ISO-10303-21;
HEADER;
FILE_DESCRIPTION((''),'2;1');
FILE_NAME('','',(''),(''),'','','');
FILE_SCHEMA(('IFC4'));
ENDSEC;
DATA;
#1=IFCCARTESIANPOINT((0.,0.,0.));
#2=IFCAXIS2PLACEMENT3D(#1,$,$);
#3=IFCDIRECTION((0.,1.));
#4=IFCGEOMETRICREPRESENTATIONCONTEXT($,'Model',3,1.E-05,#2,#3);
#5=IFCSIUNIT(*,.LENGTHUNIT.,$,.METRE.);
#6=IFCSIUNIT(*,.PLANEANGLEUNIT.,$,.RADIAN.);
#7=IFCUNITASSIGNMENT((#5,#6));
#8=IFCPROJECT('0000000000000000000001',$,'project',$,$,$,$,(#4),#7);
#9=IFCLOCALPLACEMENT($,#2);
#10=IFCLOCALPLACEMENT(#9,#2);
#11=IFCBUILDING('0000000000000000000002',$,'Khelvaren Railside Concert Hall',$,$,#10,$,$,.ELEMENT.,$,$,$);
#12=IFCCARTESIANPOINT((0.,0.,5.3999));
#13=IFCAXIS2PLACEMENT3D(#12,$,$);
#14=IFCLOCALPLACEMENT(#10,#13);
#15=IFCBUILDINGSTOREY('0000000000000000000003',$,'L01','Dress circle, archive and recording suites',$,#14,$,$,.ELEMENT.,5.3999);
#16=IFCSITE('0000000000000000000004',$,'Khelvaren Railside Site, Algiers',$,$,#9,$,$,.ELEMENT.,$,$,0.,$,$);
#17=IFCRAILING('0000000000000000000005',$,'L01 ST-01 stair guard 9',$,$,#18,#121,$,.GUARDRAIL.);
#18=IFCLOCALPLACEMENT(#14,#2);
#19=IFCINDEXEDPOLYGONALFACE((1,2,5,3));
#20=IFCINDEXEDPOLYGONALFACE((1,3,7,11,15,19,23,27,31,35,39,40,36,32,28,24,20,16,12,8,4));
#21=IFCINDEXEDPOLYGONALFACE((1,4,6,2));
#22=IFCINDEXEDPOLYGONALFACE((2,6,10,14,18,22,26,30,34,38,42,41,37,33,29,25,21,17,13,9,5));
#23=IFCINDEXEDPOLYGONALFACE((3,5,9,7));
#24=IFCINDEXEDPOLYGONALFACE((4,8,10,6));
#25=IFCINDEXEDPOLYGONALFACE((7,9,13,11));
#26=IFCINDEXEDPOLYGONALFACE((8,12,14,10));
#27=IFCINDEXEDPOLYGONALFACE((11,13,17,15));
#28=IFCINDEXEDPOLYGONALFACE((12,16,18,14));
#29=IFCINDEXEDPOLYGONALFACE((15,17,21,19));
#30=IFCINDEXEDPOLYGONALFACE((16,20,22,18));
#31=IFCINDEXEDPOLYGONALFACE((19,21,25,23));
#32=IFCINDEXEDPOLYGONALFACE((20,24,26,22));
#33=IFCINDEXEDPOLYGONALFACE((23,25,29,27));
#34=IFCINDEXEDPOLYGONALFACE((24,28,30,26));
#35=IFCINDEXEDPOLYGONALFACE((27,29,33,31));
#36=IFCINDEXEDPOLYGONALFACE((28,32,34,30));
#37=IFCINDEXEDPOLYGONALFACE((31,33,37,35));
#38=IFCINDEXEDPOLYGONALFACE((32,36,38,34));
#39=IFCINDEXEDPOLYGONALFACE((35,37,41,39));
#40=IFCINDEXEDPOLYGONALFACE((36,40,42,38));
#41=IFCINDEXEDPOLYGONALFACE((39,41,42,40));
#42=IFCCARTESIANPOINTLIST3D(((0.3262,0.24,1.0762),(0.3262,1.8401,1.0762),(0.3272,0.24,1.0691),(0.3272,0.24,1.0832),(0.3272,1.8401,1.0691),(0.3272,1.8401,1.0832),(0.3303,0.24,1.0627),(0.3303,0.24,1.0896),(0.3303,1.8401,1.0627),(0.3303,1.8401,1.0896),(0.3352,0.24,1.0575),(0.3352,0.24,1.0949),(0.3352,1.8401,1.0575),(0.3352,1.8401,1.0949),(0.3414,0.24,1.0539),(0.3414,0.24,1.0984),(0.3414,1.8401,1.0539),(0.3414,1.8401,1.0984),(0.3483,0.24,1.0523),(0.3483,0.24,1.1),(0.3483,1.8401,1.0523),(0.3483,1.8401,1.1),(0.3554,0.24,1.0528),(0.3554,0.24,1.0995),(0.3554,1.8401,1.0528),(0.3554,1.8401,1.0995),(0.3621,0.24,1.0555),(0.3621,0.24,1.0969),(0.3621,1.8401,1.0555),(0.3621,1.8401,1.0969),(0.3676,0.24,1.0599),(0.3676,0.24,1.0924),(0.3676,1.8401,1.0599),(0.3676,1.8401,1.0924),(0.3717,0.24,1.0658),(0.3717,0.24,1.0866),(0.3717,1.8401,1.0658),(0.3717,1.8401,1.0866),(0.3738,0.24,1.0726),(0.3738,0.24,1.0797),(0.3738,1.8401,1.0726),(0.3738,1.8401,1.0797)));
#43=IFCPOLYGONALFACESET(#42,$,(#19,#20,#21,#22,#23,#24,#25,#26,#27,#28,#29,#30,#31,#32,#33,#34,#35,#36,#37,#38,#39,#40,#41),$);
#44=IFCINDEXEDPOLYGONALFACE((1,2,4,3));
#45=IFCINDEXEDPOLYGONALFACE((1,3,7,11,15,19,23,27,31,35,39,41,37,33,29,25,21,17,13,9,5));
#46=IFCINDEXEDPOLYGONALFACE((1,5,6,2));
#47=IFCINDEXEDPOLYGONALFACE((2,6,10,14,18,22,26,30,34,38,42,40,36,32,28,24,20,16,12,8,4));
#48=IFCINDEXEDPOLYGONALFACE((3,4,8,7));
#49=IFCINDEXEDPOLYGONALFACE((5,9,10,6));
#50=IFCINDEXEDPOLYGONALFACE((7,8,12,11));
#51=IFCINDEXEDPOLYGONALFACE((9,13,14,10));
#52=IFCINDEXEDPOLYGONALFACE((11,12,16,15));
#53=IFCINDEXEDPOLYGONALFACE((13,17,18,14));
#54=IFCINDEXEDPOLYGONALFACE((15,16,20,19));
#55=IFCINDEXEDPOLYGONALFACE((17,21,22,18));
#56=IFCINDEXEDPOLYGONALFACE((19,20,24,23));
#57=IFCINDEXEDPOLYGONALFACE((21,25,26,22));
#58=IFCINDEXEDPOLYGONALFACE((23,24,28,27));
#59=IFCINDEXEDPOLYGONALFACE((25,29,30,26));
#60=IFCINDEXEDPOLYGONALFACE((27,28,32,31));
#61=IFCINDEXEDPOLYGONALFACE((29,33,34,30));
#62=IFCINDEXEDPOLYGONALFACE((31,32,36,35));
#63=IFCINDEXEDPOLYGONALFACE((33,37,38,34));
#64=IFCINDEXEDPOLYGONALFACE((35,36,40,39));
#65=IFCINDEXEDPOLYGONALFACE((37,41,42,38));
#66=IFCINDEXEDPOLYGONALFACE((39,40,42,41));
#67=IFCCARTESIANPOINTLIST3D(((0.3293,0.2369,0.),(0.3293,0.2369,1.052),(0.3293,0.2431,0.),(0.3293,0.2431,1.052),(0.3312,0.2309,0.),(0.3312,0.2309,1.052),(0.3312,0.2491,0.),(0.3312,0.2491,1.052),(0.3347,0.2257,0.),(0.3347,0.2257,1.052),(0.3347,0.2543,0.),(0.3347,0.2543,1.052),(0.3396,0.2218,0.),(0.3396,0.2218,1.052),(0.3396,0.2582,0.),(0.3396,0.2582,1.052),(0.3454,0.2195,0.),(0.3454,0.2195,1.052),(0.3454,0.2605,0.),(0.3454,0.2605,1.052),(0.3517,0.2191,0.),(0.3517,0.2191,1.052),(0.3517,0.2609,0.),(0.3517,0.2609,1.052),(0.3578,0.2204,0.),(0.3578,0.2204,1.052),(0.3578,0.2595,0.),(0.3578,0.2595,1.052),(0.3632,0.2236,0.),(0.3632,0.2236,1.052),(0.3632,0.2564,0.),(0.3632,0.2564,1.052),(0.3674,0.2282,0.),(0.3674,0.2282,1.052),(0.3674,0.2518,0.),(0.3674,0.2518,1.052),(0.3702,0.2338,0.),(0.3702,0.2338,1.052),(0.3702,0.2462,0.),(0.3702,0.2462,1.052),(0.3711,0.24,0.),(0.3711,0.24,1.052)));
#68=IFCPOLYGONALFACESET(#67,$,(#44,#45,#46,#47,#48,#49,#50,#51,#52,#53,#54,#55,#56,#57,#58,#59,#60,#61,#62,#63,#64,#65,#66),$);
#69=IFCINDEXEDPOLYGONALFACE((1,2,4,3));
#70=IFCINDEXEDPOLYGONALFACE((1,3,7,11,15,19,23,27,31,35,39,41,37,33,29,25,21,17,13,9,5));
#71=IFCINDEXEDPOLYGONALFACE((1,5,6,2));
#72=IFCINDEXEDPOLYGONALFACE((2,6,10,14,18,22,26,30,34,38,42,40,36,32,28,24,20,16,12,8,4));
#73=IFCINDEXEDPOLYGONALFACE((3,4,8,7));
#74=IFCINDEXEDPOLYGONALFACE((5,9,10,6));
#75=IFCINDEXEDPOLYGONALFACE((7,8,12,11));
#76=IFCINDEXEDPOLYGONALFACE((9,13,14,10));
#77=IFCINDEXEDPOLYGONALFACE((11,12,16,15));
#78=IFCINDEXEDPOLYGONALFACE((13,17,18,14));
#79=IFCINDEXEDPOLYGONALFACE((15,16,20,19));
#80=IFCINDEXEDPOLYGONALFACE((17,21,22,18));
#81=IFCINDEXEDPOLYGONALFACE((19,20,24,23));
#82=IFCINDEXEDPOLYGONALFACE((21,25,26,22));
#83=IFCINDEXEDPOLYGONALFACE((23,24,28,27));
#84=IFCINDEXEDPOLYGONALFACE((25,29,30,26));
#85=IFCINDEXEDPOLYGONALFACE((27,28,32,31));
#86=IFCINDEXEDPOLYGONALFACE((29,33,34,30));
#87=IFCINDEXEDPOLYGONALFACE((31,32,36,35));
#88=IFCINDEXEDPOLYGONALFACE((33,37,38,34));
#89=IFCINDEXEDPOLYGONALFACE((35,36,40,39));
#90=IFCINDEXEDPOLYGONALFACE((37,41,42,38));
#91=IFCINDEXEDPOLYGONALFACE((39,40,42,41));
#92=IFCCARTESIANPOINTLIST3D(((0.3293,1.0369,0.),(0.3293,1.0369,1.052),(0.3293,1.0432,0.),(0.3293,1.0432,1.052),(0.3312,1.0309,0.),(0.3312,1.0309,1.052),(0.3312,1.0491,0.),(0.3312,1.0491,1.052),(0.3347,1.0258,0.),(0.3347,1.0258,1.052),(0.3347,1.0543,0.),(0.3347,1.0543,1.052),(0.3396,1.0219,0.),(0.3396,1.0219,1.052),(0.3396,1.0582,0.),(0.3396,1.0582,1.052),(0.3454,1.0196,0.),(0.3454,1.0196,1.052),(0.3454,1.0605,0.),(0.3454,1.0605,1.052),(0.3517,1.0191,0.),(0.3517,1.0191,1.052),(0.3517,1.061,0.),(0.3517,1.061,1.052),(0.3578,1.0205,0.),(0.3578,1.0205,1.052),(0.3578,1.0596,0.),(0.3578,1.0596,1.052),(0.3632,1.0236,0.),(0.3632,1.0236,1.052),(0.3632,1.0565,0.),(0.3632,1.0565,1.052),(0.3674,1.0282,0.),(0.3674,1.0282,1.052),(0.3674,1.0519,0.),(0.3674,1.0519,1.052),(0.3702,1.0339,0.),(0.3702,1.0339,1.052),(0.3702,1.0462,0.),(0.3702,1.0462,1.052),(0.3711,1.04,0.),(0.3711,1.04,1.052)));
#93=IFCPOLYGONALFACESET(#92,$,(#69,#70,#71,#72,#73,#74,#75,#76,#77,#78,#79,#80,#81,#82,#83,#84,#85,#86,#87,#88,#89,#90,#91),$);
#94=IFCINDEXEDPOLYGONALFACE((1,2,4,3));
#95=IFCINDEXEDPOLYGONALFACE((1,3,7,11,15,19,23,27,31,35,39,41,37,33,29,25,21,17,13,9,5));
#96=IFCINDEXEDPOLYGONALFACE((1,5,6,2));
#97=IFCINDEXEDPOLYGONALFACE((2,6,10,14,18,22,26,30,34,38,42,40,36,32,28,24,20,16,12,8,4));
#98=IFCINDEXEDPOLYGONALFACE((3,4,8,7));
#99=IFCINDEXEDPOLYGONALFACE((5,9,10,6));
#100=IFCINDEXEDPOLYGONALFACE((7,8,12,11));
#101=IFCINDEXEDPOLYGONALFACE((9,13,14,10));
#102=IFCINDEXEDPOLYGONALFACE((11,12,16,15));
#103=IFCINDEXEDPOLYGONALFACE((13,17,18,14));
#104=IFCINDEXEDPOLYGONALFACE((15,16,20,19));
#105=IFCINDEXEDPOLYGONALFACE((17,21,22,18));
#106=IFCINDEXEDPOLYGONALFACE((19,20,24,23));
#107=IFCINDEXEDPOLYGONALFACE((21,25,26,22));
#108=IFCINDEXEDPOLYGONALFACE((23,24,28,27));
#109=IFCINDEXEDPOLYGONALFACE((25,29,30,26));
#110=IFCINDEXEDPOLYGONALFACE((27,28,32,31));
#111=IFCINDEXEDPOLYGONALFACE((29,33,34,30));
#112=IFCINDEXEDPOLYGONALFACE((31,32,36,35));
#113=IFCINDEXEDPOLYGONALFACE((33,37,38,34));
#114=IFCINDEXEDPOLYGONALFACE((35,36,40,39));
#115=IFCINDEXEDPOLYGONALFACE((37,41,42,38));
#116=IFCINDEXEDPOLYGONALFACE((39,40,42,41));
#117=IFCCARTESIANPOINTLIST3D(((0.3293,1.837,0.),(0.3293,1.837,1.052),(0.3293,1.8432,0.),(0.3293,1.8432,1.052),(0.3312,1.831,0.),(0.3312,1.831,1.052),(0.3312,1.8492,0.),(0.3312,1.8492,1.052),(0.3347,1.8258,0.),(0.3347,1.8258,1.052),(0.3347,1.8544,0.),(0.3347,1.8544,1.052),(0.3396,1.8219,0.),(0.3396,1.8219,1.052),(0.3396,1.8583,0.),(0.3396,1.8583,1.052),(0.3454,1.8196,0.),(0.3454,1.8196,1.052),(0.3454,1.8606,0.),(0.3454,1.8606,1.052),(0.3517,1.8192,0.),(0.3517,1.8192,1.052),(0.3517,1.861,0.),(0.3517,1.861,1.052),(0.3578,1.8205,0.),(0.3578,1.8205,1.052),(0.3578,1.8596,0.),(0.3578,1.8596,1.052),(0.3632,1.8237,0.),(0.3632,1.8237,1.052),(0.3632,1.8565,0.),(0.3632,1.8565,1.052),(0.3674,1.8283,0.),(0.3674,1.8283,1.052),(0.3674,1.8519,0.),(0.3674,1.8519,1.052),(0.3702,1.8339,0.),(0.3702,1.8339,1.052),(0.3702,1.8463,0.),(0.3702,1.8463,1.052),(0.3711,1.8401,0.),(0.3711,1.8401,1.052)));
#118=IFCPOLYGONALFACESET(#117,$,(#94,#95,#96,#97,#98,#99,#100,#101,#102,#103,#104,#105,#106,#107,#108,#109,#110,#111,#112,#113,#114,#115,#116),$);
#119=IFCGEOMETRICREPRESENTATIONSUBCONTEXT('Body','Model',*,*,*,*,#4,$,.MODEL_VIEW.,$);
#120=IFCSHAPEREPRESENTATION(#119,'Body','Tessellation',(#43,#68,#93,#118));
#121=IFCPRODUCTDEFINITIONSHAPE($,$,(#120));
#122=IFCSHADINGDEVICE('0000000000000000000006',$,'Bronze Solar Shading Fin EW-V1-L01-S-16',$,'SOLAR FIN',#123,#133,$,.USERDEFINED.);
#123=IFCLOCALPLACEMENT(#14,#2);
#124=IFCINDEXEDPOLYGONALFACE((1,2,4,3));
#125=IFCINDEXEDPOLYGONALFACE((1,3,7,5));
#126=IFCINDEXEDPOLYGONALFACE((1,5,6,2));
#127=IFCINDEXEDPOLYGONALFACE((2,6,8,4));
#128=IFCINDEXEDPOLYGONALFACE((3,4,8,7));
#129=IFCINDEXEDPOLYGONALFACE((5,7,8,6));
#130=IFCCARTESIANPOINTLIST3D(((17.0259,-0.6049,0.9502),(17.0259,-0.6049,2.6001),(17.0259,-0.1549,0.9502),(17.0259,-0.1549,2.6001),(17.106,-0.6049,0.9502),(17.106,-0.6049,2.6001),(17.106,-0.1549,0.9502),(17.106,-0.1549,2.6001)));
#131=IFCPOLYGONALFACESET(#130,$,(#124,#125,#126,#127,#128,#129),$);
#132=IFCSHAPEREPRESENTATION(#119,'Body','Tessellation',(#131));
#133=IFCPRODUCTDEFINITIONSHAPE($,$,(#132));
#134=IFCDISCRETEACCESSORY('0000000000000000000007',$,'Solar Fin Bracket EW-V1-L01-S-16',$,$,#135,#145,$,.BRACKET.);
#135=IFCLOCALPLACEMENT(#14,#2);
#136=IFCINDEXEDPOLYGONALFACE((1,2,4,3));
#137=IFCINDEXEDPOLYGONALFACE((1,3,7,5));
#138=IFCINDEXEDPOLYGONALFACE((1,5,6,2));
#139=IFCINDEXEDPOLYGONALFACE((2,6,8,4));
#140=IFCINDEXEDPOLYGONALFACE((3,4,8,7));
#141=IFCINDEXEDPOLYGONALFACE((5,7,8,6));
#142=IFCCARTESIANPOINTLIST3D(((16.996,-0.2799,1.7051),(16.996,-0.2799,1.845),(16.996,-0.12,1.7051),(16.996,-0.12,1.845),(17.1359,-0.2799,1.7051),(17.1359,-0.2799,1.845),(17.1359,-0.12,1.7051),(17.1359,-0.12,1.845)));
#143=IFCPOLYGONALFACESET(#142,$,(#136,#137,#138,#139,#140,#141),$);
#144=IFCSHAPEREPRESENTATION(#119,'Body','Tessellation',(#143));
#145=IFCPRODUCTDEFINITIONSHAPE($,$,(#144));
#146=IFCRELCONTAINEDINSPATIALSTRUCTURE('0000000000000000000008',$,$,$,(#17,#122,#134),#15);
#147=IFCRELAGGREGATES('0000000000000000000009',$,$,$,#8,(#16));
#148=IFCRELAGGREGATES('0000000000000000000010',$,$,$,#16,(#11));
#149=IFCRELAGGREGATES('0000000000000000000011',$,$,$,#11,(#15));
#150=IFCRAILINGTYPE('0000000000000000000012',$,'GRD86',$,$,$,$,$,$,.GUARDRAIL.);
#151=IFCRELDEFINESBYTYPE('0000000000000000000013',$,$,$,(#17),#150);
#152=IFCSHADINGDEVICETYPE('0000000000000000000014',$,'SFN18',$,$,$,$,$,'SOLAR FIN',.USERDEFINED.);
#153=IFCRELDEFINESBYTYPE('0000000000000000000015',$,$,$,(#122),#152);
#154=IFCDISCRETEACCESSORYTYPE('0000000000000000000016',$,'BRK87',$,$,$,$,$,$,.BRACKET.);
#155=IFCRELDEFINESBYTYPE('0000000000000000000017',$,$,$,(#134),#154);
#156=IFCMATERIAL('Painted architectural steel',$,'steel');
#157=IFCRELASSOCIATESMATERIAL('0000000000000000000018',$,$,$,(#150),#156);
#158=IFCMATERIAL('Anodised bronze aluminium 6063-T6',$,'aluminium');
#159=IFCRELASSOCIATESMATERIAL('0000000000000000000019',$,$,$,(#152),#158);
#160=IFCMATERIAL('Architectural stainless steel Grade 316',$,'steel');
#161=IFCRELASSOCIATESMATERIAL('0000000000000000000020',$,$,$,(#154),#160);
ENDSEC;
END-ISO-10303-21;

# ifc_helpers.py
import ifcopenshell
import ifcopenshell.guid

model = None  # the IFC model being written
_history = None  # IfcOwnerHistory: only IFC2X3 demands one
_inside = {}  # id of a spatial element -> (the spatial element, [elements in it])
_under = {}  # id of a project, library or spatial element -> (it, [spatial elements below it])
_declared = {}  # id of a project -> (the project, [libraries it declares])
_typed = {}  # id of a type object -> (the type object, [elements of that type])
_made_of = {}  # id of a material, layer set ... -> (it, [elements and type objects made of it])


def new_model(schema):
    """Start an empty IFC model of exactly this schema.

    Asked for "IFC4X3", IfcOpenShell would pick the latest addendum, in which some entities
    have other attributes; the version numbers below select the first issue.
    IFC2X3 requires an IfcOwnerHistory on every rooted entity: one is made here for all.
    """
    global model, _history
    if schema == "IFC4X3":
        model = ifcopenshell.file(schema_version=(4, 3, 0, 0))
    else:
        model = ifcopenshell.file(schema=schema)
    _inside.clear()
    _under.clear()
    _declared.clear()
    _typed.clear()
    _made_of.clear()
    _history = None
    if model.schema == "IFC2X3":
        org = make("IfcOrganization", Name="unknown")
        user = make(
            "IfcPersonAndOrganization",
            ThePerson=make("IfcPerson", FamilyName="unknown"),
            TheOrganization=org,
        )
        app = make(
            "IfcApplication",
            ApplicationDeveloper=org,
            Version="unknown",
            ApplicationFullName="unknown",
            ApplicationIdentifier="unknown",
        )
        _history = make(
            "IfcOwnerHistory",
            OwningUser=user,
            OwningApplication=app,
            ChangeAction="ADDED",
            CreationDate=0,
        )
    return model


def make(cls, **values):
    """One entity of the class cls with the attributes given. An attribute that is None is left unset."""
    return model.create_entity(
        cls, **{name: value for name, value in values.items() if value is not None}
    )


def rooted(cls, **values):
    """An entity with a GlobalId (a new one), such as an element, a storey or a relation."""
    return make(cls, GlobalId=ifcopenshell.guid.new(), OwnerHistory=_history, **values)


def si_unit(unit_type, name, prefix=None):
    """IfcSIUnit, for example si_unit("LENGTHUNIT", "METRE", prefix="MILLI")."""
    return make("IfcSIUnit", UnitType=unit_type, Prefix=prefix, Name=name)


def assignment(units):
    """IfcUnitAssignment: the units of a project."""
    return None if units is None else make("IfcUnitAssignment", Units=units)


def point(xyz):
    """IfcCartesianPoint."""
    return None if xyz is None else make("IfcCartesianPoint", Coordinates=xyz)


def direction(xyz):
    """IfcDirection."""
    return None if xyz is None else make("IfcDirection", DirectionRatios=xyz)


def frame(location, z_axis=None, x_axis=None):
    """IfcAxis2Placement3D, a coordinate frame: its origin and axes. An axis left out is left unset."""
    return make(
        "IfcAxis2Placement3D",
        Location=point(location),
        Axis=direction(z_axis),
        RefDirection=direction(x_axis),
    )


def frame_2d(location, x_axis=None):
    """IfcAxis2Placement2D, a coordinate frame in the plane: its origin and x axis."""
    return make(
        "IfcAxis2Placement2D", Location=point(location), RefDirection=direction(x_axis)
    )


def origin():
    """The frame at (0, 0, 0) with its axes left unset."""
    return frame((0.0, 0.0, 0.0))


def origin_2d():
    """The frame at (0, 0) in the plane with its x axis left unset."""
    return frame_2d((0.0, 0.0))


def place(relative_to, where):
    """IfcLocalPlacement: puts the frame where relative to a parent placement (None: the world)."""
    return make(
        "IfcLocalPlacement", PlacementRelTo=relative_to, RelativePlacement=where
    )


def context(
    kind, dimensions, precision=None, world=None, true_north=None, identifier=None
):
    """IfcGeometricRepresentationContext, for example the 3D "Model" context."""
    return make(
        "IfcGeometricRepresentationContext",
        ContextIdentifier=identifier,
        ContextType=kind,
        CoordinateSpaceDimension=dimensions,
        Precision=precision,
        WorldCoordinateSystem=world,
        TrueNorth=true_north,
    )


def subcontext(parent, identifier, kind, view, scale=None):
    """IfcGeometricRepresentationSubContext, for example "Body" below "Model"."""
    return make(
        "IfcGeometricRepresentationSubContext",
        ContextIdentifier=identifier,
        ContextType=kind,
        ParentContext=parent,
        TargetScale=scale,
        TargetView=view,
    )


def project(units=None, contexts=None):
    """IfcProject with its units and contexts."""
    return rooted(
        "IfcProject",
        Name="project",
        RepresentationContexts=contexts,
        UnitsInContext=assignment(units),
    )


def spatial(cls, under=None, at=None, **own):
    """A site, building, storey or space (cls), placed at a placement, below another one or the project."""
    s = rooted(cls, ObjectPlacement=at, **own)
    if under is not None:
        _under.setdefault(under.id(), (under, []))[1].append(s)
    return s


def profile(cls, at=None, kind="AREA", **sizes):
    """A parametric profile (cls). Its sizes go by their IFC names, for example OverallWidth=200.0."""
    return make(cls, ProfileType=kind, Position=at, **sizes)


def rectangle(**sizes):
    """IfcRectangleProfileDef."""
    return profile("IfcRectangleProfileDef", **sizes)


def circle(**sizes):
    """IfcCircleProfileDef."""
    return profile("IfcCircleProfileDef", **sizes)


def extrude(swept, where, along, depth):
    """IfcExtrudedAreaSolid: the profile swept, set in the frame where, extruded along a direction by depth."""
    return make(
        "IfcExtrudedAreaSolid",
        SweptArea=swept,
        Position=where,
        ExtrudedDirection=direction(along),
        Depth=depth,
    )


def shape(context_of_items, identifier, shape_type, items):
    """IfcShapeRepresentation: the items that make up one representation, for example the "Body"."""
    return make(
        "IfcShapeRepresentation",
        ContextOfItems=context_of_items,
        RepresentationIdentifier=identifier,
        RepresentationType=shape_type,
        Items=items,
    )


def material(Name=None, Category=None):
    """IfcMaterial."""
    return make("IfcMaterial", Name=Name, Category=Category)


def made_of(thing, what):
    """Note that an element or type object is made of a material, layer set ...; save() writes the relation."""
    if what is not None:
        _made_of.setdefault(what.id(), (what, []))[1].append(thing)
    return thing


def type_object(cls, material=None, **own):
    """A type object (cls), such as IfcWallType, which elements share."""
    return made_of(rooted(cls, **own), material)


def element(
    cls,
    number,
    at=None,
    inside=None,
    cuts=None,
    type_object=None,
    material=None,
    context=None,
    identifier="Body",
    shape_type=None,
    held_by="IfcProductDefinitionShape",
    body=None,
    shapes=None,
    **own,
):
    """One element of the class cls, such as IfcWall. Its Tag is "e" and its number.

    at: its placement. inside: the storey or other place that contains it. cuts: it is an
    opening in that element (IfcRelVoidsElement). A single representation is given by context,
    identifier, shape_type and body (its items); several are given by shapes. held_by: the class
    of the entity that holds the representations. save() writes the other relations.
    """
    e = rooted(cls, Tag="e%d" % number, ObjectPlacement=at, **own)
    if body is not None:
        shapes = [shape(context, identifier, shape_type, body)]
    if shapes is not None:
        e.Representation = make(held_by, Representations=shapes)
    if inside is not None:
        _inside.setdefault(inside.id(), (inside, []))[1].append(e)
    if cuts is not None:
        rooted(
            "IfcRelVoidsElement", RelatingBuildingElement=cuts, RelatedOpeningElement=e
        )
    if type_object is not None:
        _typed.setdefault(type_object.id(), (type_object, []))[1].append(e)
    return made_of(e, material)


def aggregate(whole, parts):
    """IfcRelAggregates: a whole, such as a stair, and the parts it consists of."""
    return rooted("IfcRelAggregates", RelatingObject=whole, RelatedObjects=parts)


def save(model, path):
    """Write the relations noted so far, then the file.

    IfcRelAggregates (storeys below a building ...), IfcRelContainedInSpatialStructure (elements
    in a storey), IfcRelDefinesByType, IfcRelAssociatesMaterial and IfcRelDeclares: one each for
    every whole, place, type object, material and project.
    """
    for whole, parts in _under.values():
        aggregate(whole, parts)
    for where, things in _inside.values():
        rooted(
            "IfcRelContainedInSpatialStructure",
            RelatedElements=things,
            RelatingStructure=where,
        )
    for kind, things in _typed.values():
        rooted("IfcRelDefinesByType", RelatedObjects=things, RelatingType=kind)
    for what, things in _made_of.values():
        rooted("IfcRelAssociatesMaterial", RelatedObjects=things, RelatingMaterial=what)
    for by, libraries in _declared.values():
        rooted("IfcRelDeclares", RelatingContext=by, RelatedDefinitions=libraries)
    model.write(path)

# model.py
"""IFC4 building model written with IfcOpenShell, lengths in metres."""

from ifc_helpers import new_model, si_unit, direction, frame, origin, origin_2d, place, context, subcontext, project, spatial, rectangle, circle, extrude, material, type_object, element, save


model = new_model("IFC4")

# Units and contexts
model_context = context("Model", 3, precision=1e-05, world=origin(), true_north=direction((0.0, 1.0)))
body_context = subcontext(model_context, "Body", "Model", "MODEL_VIEW")
ifc_project = project(units=[si_unit("LENGTHUNIT", "METRE"), si_unit("PLANEANGLEUNIT", "RADIAN")], contexts=[model_context])

# Site, building, storey
site_placement = place(None, origin())
site = spatial("IfcSite", under=ifc_project, at=site_placement, Name="Khelvaren Railside Site, Algiers", CompositionType="ELEMENT", RefElevation=0.0)
building_placement = place(site_placement, origin())
building = spatial("IfcBuilding", under=site, at=building_placement, Name="Khelvaren Railside Concert Hall", CompositionType="ELEMENT")
storey_placement = place(building_placement, frame((0.0, 0.0, 5.3999)))
storey = spatial("IfcBuildingStorey", under=building, at=storey_placement, Name="L01", Description="Dress circle, archive and recording suites", CompositionType="ELEMENT", Elevation=5.3999)

# Railing
ifc_material_1 = material(Name="Painted architectural steel", Category="steel")
railing_type = type_object("IfcRailingType", Name="GRD86", PredefinedType="GUARDRAIL", material=ifc_material_1)
for number, where, name in (
    (1, (0.3501, 0.24, 0.0), "L01 ST-01 stair guard 9"),
):
    element("IfcRailing", number, at=place(storey_placement, frame(where)), inside=storey, type_object=railing_type, Name=name, PredefinedType="GUARDRAIL", context=body_context, shape_type="SweptSolid", body=[
        extrude(circle(Radius=0.0239, at=origin_2d()), frame((0.0, 0.0, 1.0762), z_axis=(0.0, 1.0, 0.0), x_axis=(-1.0, 0.0, 0.0)), (0.0, 0.0, 1.0), 1.6001),
        extrude(circle(Radius=0.021, at=origin_2d()), origin(), (0.0, 0.0, 1.0), 1.052),
        extrude(circle(Radius=0.021, at=origin_2d()), frame((0.0, 0.8, 0.0)), (0.0, 0.0, 1.0), 1.052),
        extrude(circle(Radius=0.021, at=origin_2d()), frame((0.0, 1.6001, 0.0)), (0.0, 0.0, 1.0), 1.052),
    ])

# Shading device
ifc_material_2 = material(Name="Anodised bronze aluminium 6063-T6", Category="aluminium")
shading_device_type = type_object("IfcShadingDeviceType", Name="SFN18", ElementType="SOLAR FIN", PredefinedType="USERDEFINED", material=ifc_material_2)
shading_device_placement = place(storey_placement, frame((17.0659, -0.3799, 0.9502), z_axis=(0.0, 0.0, 1.0), x_axis=(-1.0, 0.0, 0.0)))
element("IfcShadingDevice", 2, at=shading_device_placement, inside=storey, type_object=shading_device_type, Name="Bronze Solar Shading Fin EW-V1-L01-S-16", ObjectType="SOLAR FIN", PredefinedType="USERDEFINED", context=body_context, shape_type="SweptSolid", body=[
    extrude(rectangle(XDim=0.0801, YDim=0.45, at=origin_2d()), origin(), (0.0, 0.0, 1.0), 1.6499),
])

# Discrete accessory
ifc_material_3 = material(Name="Architectural stainless steel Grade 316", Category="steel")
discrete_accessory_type = type_object("IfcDiscreteAccessoryType", Name="BRK87", PredefinedType="BRACKET", material=ifc_material_3)
discrete_accessory_placement = place(storey_placement, frame((17.0659, -0.2, 1.7051), z_axis=(0.0, 0.0, 1.0), x_axis=(-1.0, 0.0, 0.0)))
element("IfcDiscreteAccessory", 3, at=discrete_accessory_placement, inside=storey, type_object=discrete_accessory_type, Name="Solar Fin Bracket EW-V1-L01-S-16", PredefinedType="BRACKET", context=body_context, shape_type="SweptSolid", body=[
    extrude(rectangle(XDim=0.1399, YDim=0.1599, at=origin_2d()), origin(), (0.0, 0.0, 1.0), 0.1399),
])

save(model, "model.ifc")
